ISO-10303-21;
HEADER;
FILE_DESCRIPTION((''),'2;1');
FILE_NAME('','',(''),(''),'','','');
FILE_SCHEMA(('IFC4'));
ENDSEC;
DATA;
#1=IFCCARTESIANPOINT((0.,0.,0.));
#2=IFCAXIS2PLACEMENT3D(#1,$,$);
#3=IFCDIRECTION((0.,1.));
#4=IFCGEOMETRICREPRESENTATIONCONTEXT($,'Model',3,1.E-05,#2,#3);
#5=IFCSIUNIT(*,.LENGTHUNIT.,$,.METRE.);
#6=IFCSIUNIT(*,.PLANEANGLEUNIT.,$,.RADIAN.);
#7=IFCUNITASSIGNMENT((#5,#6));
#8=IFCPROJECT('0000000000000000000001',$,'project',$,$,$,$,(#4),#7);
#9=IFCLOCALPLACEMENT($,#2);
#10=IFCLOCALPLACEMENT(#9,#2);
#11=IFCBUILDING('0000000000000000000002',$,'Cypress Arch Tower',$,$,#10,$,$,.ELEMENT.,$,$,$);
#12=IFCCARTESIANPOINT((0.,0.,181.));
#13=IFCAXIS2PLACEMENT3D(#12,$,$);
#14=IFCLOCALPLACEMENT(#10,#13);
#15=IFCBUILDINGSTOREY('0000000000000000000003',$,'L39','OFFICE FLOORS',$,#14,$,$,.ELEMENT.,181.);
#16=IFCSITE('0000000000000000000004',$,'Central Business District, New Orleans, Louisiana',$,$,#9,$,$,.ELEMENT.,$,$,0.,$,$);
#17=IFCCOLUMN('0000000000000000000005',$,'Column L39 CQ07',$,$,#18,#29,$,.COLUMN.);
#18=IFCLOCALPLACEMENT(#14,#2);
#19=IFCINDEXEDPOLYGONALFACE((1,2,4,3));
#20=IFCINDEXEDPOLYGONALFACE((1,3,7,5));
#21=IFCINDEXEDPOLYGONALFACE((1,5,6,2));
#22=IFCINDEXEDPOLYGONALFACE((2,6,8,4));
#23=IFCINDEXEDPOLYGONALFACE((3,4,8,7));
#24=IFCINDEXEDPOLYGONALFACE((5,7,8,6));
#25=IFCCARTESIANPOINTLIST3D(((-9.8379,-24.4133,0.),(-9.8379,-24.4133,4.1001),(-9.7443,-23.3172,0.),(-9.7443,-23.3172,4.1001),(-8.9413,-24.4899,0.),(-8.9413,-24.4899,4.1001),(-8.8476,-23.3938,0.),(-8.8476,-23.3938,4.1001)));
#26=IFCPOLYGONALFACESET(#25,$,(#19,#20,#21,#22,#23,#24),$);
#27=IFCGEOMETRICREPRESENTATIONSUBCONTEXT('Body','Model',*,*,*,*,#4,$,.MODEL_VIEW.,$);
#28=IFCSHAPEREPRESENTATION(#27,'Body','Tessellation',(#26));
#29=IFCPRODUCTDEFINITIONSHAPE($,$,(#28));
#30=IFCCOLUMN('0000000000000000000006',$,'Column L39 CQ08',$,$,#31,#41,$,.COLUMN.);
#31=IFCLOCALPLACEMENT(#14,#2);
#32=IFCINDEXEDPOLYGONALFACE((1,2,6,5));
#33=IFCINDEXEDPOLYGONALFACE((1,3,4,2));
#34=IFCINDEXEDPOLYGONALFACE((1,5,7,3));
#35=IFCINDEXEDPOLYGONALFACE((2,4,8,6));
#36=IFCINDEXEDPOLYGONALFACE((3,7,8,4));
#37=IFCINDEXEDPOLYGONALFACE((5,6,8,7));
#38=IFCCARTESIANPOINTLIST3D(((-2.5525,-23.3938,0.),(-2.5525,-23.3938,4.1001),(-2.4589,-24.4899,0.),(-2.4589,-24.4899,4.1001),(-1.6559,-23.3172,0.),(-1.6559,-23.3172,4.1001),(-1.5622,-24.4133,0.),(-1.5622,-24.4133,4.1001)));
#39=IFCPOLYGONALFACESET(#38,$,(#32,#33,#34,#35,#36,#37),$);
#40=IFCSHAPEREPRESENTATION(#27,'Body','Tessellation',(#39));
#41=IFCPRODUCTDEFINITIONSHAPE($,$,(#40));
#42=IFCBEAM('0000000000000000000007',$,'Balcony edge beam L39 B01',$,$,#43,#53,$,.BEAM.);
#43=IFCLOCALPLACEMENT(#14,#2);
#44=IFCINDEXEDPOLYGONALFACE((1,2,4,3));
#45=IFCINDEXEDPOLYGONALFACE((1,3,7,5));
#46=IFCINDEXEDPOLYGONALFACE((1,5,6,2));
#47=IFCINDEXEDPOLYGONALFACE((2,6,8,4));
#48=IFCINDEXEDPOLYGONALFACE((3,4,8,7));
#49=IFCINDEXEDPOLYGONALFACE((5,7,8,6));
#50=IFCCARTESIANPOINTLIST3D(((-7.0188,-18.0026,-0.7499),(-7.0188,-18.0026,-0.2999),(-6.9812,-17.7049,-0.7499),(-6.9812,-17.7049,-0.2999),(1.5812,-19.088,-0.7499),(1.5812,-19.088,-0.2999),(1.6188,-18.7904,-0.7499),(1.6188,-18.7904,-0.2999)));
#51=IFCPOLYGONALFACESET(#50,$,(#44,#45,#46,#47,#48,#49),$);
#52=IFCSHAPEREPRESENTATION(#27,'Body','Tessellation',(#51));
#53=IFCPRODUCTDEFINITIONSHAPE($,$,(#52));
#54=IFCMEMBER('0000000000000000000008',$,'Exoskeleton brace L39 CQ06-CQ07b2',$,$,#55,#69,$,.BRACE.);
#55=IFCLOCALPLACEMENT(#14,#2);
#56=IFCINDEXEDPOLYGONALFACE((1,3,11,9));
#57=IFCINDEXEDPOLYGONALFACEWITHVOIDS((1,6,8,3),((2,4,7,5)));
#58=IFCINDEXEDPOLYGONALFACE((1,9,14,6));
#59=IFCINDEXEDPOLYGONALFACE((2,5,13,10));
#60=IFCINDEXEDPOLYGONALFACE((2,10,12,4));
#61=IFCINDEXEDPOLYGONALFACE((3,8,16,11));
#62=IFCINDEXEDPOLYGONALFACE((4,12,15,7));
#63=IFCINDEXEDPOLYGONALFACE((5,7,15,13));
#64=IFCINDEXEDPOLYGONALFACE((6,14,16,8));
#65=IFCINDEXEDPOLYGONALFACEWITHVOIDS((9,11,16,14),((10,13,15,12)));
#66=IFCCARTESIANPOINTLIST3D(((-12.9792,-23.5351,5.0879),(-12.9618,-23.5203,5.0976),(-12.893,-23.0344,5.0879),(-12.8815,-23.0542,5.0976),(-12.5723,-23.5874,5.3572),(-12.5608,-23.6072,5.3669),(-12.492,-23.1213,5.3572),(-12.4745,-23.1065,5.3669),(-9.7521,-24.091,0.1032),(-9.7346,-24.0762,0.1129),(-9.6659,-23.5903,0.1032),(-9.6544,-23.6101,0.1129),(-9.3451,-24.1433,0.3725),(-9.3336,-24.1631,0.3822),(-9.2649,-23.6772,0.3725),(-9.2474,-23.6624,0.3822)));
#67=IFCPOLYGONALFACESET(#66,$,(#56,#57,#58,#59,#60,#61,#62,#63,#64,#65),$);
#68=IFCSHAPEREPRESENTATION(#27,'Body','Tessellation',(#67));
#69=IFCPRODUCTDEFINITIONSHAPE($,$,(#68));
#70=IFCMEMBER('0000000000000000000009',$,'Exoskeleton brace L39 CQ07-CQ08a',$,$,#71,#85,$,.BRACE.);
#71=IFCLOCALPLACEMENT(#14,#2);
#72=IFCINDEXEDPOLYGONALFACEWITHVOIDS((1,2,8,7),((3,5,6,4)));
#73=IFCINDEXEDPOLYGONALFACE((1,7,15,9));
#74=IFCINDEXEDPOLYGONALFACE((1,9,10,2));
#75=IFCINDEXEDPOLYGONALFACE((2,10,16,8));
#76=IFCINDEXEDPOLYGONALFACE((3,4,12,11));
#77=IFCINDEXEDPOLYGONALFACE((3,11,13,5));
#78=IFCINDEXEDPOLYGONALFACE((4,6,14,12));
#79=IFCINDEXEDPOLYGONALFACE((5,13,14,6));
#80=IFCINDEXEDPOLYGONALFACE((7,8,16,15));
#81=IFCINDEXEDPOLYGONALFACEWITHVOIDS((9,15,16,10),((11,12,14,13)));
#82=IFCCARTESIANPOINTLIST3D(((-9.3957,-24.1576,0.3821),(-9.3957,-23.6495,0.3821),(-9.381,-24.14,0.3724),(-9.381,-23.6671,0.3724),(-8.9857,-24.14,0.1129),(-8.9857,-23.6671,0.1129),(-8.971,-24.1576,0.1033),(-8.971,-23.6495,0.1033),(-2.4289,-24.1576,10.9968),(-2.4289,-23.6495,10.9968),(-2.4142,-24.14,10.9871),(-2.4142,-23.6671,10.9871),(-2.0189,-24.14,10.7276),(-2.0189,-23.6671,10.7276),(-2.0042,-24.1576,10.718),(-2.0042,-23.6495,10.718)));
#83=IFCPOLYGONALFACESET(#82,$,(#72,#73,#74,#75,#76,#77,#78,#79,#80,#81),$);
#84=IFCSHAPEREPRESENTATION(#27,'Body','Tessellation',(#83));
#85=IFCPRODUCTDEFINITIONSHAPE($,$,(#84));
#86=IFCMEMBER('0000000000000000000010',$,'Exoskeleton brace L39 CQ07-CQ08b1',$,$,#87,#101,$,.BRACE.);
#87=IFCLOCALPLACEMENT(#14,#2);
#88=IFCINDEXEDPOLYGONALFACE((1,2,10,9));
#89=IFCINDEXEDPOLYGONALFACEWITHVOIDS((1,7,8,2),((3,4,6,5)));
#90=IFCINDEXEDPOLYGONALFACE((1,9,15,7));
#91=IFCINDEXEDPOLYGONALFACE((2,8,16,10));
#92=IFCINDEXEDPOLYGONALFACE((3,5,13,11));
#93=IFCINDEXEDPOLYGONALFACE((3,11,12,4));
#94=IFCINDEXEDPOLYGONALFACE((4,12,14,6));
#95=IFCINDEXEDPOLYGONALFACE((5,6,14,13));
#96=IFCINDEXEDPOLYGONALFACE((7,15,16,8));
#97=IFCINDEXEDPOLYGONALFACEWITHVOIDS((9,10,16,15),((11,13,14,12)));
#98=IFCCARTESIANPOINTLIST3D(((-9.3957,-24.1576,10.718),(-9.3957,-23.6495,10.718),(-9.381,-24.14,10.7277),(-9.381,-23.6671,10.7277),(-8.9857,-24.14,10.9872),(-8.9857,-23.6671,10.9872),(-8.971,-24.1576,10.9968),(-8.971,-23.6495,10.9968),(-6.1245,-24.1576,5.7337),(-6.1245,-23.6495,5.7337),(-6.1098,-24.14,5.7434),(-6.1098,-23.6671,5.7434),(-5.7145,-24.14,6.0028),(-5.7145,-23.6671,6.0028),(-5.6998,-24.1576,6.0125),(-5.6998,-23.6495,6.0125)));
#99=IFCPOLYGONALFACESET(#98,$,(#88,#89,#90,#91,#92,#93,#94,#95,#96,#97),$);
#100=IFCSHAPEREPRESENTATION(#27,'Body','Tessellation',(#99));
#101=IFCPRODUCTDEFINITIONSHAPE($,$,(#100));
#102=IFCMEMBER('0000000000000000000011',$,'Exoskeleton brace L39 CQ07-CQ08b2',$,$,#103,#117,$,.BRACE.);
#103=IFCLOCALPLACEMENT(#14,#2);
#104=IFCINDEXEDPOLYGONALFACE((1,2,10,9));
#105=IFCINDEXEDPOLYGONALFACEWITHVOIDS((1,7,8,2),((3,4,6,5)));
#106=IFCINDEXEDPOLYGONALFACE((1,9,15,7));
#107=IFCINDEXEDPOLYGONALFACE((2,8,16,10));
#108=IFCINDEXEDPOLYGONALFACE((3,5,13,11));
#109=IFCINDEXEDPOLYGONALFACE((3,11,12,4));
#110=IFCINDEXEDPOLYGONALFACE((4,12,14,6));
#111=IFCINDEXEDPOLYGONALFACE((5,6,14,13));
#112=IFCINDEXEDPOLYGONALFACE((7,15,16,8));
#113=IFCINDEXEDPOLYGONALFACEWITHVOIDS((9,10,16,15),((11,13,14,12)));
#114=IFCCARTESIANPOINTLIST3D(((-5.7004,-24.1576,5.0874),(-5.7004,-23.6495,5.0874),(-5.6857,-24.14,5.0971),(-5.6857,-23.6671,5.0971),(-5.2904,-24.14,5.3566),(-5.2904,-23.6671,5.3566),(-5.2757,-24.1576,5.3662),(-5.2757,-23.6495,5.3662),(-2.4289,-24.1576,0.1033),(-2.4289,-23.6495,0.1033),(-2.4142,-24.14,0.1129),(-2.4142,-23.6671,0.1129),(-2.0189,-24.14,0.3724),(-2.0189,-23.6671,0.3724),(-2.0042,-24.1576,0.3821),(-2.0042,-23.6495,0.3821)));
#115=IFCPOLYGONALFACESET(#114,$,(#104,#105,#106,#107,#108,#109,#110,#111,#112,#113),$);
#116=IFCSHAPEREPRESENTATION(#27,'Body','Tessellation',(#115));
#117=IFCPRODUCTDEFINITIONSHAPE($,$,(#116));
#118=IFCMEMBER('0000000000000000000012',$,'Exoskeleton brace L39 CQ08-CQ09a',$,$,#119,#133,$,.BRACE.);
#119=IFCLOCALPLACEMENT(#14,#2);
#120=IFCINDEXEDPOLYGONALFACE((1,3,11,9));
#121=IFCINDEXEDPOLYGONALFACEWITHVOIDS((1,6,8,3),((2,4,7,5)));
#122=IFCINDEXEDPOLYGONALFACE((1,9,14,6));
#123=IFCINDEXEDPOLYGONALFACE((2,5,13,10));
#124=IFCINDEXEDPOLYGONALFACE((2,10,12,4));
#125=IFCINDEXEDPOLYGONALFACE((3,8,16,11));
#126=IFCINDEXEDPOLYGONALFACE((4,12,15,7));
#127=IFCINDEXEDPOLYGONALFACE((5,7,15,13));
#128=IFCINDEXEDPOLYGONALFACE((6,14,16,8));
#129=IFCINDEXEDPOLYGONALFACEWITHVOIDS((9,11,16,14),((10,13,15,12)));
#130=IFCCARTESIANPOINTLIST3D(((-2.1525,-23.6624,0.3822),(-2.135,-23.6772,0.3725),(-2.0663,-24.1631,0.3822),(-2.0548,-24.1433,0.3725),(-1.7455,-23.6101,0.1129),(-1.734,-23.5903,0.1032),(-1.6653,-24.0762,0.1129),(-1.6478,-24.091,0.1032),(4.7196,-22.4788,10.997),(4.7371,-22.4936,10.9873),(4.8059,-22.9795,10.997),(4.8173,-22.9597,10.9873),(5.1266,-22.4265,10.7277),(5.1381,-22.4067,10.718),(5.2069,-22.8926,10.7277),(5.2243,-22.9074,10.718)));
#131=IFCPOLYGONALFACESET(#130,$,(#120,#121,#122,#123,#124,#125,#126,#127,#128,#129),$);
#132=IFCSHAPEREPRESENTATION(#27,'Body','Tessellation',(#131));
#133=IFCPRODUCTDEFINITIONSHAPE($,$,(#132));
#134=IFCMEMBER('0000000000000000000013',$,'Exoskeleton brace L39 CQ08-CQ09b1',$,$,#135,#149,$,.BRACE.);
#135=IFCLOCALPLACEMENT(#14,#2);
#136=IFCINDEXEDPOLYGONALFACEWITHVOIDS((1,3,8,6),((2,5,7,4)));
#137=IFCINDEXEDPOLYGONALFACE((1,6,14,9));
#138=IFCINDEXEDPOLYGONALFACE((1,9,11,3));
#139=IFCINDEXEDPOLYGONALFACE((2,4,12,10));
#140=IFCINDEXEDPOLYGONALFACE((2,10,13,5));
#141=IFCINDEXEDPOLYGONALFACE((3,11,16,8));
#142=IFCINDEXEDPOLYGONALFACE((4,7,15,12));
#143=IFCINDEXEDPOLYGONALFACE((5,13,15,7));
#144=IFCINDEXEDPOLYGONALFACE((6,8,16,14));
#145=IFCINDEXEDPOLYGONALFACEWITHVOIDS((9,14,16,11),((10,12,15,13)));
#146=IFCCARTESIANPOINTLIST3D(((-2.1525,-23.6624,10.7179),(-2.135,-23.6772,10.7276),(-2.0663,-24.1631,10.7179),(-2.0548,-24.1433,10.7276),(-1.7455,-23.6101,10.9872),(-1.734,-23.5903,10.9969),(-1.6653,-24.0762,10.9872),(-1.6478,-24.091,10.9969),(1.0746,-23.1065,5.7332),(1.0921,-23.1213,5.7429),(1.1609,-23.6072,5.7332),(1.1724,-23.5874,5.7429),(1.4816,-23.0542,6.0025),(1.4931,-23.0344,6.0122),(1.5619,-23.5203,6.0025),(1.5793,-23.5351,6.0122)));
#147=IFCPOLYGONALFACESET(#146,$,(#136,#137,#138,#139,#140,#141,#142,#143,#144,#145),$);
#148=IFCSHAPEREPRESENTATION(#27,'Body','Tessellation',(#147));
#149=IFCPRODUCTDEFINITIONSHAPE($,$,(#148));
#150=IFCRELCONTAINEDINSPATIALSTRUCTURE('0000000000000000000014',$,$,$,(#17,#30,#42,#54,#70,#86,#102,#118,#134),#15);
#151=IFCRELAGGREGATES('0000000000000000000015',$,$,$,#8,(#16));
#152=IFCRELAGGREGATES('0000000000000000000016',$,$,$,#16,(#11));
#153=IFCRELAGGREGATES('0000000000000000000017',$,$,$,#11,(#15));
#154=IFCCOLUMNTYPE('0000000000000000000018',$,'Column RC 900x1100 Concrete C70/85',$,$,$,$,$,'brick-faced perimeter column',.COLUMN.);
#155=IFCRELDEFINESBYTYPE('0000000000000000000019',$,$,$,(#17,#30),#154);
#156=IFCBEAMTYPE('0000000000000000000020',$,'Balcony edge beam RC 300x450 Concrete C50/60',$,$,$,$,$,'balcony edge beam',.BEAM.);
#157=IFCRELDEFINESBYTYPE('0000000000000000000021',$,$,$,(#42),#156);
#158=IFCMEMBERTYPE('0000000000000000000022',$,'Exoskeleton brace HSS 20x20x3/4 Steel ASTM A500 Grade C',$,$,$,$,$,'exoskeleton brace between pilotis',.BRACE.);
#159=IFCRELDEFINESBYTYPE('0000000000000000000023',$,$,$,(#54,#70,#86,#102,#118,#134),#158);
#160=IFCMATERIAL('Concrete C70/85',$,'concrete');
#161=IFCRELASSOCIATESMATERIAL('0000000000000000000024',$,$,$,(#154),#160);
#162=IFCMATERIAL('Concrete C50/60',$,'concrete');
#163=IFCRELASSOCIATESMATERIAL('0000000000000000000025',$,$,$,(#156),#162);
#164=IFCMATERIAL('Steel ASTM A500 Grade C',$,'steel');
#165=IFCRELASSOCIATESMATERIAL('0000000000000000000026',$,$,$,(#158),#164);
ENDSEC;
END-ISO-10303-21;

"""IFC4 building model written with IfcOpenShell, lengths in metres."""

from ifc_helpers import new_model, si_unit, direction, frame, origin, origin_2d, place, context, subcontext, project, spatial, rectangle, hollow_rectangle, extrude, material, material_profile, profile_set, type_object, element, save


model = new_model("IFC4")

# Units and contexts
model_context = context("Model", 3, precision=1e-05, world=origin(), true_north=direction((0.0, 1.0)))
body_context = subcontext(model_context, "Body", "Model", "MODEL_VIEW")
ifc_project = project(units=[si_unit("LENGTHUNIT", "METRE"), si_unit("PLANEANGLEUNIT", "RADIAN")], contexts=[model_context])

# Site, building, storey
site_placement = place(None, origin())
site = spatial("IfcSite", under=ifc_project, at=site_placement, Name="Central Business District, New Orleans, Louisiana", CompositionType="ELEMENT", RefElevation=0.0)
building_placement = place(site_placement, origin())
building = spatial("IfcBuilding", under=site, at=building_placement, Name="Cypress Arch Tower", CompositionType="ELEMENT")
storey_placement = place(building_placement, frame((0.0, 0.0, 181.0)))
storey = spatial("IfcBuildingStorey", under=building, at=storey_placement, Name="L39", Description="OFFICE FLOORS", CompositionType="ELEMENT", Elevation=181.0)

# Columns
ifc_material_1 = material(Name="Concrete C70/85", Category="concrete")
ifc_material_profile_1 = material_profile(ifc_material_1, rectangle(XDim=0.8999, YDim=1.1001, at=origin_2d()), Name="RC 900x1100")
ifc_profile_set_1 = profile_set([ifc_material_profile_1], Name="Concrete C70/85")
column_type = type_object("IfcColumnType", Name="Column RC 900x1100 Concrete C70/85", ElementType="brick-faced perimeter column", PredefinedType="COLUMN", material=ifc_profile_set_1)
for number, where, z_axis, x_axis, name in (
    (1, (-9.3428, -23.9036, 0.0), (0.0, 0.0, 1.0), (0.996368, -0.085149, 0.0), "Column L39 CQ07"),
    (2, (-2.0574, -23.9036, 0.0), (0.0, 0.0, 1.0), (0.996368, 0.085149, 0.0), "Column L39 CQ08"),
):
    element("IfcColumn", number, at=place(storey_placement, frame(where, z_axis=z_axis, x_axis=x_axis)), inside=storey, type_object=column_type, Name=name, PredefinedType="COLUMN", context=body_context, shape_type="SweptSolid", body=[
        extrude(rectangle(XDim=0.8999, YDim=1.1001, at=origin_2d()), origin(), (0.0, 0.0, 1.0), 4.1001),
    ])

# Beam
ifc_material_2 = material(Name="Concrete C50/60", Category="concrete")
ifc_material_profile_2 = material_profile(ifc_material_2, rectangle(XDim=0.3, YDim=0.45, at=origin_2d()), Name="RC 300x450")
ifc_profile_set_2 = profile_set([ifc_material_profile_2], Name="Concrete C50/60")
beam_type = type_object("IfcBeamType", Name="Balcony edge beam RC 300x450 Concrete C50/60", ElementType="balcony edge beam", PredefinedType="BEAM", material=ifc_profile_set_2)
beam_placement = place(storey_placement, frame((-7.0, -17.8538, -0.5249), z_axis=(0.992129, -0.12522, 0.0), x_axis=(0.12522, 0.992129, 0.0)))
element("IfcBeam", 3, at=beam_placement, inside=storey, type_object=beam_type, Name="Balcony edge beam L39 B01", PredefinedType="BEAM", context=body_context, shape_type="SweptSolid", body=[
    extrude(rectangle(XDim=0.3, YDim=0.45, at=origin_2d()), origin(), (0.0, 0.0, 1.0), 8.6682),
])

# Members
ifc_material_3 = material(Name="Steel ASTM A500 Grade C", Category="steel")
ifc_material_profile_3 = material_profile(ifc_material_3, hollow_rectangle(XDim=0.5081, YDim=0.5081, WallThickness=0.0176, at=origin_2d()), Name="HSS 20x20x3/4")
ifc_profile_set_3 = profile_set([ifc_material_profile_3], Name="Steel ASTM A500 Grade C")
member_type = type_object("IfcMemberType", Name="Exoskeleton brace HSS 20x20x3/4 Steel ASTM A500 Grade C", ElementType="exoskeleton brace between pilotis", PredefinedType="BRACE", material=ifc_profile_set_3)
member_1_placement = place(storey_placement, frame((-9.4998, -23.8767, 0.2427), z_axis=(-0.541088, 0.093211, 0.835784), x_axis=(-0.169765, -0.985485, 0.0)))
element("IfcMember", 4, at=member_1_placement, inside=storey, type_object=member_type, Name="Exoskeleton brace L39 CQ06-CQ07b2", PredefinedType="BRACE", context=body_context, shape_type="SweptSolid", body=[
    extrude(hollow_rectangle(XDim=0.5081, YDim=0.5081, WallThickness=0.0176, at=origin_2d()), origin(), (0.0, 0.0, 1.0), 5.9641),
])
member_2_placement = place(storey_placement, frame((-9.1833, -23.9036, 0.2427), z_axis=(0.548704, 0.0, 0.836016), x_axis=(0.0, 1.0, 0.0)))
element("IfcMember", 5, at=member_2_placement, inside=storey, type_object=member_type, Name="Exoskeleton brace L39 CQ07-CQ08a", PredefinedType="BRACE", context=body_context, shape_type="SweptSolid", body=[
    extrude(hollow_rectangle(XDim=0.5081, YDim=0.5081, WallThickness=0.0176, at=origin_2d()), origin(), (0.0, 0.0, 1.0), 12.6968),
])
for number, where, z_axis, x_axis, name in (
    (6, (-9.1833, -23.9036, 10.8574), (0.548685, 0.0, -0.836029), (0.0, 1.0, 0.0), "Exoskeleton brace L39 CQ07-CQ08b1"),
    (7, (-2.2166, -23.9036, 0.2427), (-0.548732, 0.0, 0.835998), (0.0, -1.0, 0.0), "Exoskeleton brace L39 CQ07-CQ08b2"),
):
    element("IfcMember", number, at=place(storey_placement, frame(where, z_axis=z_axis, x_axis=x_axis)), inside=storey, type_object=member_type, Name=name, PredefinedType="BRACE", context=body_context, shape_type="SweptSolid", body=[
        extrude(hollow_rectangle(XDim=0.5081, YDim=0.5081, WallThickness=0.0176, at=origin_2d()), origin(), (0.0, 0.0, 1.0), 5.9619),
    ])
member_3_placement = place(storey_placement, frame((-1.9001, -23.8767, 0.2427), z_axis=(0.541093, 0.093194, 0.835783), x_axis=(-0.169733, 0.98549, 0.0)))
element("IfcMember", 8, at=member_3_placement, inside=storey, type_object=member_type, Name="Exoskeleton brace L39 CQ08-CQ09a", PredefinedType="BRACE", context=body_context, shape_type="SweptSolid", body=[
    extrude(hollow_rectangle(XDim=0.5081, YDim=0.5081, WallThickness=0.0176, at=origin_2d()), origin(), (0.0, 0.0, 1.0), 12.7004),
])
member_4_placement = place(storey_placement, frame((-1.9001, -23.8767, 10.8574), z_axis=(0.541088, 0.093211, -0.835784), x_axis=(-0.169765, 0.985485, 0.0)))
element("IfcMember", 9, at=member_4_placement, inside=storey, type_object=member_type, Name="Exoskeleton brace L39 CQ08-CQ09b1", PredefinedType="BRACE", context=body_context, shape_type="SweptSolid", body=[
    extrude(hollow_rectangle(XDim=0.5081, YDim=0.5081, WallThickness=0.0176, at=origin_2d()), origin(), (0.0, 0.0, 1.0), 5.9641),
])

save(model, "model.ifc")
